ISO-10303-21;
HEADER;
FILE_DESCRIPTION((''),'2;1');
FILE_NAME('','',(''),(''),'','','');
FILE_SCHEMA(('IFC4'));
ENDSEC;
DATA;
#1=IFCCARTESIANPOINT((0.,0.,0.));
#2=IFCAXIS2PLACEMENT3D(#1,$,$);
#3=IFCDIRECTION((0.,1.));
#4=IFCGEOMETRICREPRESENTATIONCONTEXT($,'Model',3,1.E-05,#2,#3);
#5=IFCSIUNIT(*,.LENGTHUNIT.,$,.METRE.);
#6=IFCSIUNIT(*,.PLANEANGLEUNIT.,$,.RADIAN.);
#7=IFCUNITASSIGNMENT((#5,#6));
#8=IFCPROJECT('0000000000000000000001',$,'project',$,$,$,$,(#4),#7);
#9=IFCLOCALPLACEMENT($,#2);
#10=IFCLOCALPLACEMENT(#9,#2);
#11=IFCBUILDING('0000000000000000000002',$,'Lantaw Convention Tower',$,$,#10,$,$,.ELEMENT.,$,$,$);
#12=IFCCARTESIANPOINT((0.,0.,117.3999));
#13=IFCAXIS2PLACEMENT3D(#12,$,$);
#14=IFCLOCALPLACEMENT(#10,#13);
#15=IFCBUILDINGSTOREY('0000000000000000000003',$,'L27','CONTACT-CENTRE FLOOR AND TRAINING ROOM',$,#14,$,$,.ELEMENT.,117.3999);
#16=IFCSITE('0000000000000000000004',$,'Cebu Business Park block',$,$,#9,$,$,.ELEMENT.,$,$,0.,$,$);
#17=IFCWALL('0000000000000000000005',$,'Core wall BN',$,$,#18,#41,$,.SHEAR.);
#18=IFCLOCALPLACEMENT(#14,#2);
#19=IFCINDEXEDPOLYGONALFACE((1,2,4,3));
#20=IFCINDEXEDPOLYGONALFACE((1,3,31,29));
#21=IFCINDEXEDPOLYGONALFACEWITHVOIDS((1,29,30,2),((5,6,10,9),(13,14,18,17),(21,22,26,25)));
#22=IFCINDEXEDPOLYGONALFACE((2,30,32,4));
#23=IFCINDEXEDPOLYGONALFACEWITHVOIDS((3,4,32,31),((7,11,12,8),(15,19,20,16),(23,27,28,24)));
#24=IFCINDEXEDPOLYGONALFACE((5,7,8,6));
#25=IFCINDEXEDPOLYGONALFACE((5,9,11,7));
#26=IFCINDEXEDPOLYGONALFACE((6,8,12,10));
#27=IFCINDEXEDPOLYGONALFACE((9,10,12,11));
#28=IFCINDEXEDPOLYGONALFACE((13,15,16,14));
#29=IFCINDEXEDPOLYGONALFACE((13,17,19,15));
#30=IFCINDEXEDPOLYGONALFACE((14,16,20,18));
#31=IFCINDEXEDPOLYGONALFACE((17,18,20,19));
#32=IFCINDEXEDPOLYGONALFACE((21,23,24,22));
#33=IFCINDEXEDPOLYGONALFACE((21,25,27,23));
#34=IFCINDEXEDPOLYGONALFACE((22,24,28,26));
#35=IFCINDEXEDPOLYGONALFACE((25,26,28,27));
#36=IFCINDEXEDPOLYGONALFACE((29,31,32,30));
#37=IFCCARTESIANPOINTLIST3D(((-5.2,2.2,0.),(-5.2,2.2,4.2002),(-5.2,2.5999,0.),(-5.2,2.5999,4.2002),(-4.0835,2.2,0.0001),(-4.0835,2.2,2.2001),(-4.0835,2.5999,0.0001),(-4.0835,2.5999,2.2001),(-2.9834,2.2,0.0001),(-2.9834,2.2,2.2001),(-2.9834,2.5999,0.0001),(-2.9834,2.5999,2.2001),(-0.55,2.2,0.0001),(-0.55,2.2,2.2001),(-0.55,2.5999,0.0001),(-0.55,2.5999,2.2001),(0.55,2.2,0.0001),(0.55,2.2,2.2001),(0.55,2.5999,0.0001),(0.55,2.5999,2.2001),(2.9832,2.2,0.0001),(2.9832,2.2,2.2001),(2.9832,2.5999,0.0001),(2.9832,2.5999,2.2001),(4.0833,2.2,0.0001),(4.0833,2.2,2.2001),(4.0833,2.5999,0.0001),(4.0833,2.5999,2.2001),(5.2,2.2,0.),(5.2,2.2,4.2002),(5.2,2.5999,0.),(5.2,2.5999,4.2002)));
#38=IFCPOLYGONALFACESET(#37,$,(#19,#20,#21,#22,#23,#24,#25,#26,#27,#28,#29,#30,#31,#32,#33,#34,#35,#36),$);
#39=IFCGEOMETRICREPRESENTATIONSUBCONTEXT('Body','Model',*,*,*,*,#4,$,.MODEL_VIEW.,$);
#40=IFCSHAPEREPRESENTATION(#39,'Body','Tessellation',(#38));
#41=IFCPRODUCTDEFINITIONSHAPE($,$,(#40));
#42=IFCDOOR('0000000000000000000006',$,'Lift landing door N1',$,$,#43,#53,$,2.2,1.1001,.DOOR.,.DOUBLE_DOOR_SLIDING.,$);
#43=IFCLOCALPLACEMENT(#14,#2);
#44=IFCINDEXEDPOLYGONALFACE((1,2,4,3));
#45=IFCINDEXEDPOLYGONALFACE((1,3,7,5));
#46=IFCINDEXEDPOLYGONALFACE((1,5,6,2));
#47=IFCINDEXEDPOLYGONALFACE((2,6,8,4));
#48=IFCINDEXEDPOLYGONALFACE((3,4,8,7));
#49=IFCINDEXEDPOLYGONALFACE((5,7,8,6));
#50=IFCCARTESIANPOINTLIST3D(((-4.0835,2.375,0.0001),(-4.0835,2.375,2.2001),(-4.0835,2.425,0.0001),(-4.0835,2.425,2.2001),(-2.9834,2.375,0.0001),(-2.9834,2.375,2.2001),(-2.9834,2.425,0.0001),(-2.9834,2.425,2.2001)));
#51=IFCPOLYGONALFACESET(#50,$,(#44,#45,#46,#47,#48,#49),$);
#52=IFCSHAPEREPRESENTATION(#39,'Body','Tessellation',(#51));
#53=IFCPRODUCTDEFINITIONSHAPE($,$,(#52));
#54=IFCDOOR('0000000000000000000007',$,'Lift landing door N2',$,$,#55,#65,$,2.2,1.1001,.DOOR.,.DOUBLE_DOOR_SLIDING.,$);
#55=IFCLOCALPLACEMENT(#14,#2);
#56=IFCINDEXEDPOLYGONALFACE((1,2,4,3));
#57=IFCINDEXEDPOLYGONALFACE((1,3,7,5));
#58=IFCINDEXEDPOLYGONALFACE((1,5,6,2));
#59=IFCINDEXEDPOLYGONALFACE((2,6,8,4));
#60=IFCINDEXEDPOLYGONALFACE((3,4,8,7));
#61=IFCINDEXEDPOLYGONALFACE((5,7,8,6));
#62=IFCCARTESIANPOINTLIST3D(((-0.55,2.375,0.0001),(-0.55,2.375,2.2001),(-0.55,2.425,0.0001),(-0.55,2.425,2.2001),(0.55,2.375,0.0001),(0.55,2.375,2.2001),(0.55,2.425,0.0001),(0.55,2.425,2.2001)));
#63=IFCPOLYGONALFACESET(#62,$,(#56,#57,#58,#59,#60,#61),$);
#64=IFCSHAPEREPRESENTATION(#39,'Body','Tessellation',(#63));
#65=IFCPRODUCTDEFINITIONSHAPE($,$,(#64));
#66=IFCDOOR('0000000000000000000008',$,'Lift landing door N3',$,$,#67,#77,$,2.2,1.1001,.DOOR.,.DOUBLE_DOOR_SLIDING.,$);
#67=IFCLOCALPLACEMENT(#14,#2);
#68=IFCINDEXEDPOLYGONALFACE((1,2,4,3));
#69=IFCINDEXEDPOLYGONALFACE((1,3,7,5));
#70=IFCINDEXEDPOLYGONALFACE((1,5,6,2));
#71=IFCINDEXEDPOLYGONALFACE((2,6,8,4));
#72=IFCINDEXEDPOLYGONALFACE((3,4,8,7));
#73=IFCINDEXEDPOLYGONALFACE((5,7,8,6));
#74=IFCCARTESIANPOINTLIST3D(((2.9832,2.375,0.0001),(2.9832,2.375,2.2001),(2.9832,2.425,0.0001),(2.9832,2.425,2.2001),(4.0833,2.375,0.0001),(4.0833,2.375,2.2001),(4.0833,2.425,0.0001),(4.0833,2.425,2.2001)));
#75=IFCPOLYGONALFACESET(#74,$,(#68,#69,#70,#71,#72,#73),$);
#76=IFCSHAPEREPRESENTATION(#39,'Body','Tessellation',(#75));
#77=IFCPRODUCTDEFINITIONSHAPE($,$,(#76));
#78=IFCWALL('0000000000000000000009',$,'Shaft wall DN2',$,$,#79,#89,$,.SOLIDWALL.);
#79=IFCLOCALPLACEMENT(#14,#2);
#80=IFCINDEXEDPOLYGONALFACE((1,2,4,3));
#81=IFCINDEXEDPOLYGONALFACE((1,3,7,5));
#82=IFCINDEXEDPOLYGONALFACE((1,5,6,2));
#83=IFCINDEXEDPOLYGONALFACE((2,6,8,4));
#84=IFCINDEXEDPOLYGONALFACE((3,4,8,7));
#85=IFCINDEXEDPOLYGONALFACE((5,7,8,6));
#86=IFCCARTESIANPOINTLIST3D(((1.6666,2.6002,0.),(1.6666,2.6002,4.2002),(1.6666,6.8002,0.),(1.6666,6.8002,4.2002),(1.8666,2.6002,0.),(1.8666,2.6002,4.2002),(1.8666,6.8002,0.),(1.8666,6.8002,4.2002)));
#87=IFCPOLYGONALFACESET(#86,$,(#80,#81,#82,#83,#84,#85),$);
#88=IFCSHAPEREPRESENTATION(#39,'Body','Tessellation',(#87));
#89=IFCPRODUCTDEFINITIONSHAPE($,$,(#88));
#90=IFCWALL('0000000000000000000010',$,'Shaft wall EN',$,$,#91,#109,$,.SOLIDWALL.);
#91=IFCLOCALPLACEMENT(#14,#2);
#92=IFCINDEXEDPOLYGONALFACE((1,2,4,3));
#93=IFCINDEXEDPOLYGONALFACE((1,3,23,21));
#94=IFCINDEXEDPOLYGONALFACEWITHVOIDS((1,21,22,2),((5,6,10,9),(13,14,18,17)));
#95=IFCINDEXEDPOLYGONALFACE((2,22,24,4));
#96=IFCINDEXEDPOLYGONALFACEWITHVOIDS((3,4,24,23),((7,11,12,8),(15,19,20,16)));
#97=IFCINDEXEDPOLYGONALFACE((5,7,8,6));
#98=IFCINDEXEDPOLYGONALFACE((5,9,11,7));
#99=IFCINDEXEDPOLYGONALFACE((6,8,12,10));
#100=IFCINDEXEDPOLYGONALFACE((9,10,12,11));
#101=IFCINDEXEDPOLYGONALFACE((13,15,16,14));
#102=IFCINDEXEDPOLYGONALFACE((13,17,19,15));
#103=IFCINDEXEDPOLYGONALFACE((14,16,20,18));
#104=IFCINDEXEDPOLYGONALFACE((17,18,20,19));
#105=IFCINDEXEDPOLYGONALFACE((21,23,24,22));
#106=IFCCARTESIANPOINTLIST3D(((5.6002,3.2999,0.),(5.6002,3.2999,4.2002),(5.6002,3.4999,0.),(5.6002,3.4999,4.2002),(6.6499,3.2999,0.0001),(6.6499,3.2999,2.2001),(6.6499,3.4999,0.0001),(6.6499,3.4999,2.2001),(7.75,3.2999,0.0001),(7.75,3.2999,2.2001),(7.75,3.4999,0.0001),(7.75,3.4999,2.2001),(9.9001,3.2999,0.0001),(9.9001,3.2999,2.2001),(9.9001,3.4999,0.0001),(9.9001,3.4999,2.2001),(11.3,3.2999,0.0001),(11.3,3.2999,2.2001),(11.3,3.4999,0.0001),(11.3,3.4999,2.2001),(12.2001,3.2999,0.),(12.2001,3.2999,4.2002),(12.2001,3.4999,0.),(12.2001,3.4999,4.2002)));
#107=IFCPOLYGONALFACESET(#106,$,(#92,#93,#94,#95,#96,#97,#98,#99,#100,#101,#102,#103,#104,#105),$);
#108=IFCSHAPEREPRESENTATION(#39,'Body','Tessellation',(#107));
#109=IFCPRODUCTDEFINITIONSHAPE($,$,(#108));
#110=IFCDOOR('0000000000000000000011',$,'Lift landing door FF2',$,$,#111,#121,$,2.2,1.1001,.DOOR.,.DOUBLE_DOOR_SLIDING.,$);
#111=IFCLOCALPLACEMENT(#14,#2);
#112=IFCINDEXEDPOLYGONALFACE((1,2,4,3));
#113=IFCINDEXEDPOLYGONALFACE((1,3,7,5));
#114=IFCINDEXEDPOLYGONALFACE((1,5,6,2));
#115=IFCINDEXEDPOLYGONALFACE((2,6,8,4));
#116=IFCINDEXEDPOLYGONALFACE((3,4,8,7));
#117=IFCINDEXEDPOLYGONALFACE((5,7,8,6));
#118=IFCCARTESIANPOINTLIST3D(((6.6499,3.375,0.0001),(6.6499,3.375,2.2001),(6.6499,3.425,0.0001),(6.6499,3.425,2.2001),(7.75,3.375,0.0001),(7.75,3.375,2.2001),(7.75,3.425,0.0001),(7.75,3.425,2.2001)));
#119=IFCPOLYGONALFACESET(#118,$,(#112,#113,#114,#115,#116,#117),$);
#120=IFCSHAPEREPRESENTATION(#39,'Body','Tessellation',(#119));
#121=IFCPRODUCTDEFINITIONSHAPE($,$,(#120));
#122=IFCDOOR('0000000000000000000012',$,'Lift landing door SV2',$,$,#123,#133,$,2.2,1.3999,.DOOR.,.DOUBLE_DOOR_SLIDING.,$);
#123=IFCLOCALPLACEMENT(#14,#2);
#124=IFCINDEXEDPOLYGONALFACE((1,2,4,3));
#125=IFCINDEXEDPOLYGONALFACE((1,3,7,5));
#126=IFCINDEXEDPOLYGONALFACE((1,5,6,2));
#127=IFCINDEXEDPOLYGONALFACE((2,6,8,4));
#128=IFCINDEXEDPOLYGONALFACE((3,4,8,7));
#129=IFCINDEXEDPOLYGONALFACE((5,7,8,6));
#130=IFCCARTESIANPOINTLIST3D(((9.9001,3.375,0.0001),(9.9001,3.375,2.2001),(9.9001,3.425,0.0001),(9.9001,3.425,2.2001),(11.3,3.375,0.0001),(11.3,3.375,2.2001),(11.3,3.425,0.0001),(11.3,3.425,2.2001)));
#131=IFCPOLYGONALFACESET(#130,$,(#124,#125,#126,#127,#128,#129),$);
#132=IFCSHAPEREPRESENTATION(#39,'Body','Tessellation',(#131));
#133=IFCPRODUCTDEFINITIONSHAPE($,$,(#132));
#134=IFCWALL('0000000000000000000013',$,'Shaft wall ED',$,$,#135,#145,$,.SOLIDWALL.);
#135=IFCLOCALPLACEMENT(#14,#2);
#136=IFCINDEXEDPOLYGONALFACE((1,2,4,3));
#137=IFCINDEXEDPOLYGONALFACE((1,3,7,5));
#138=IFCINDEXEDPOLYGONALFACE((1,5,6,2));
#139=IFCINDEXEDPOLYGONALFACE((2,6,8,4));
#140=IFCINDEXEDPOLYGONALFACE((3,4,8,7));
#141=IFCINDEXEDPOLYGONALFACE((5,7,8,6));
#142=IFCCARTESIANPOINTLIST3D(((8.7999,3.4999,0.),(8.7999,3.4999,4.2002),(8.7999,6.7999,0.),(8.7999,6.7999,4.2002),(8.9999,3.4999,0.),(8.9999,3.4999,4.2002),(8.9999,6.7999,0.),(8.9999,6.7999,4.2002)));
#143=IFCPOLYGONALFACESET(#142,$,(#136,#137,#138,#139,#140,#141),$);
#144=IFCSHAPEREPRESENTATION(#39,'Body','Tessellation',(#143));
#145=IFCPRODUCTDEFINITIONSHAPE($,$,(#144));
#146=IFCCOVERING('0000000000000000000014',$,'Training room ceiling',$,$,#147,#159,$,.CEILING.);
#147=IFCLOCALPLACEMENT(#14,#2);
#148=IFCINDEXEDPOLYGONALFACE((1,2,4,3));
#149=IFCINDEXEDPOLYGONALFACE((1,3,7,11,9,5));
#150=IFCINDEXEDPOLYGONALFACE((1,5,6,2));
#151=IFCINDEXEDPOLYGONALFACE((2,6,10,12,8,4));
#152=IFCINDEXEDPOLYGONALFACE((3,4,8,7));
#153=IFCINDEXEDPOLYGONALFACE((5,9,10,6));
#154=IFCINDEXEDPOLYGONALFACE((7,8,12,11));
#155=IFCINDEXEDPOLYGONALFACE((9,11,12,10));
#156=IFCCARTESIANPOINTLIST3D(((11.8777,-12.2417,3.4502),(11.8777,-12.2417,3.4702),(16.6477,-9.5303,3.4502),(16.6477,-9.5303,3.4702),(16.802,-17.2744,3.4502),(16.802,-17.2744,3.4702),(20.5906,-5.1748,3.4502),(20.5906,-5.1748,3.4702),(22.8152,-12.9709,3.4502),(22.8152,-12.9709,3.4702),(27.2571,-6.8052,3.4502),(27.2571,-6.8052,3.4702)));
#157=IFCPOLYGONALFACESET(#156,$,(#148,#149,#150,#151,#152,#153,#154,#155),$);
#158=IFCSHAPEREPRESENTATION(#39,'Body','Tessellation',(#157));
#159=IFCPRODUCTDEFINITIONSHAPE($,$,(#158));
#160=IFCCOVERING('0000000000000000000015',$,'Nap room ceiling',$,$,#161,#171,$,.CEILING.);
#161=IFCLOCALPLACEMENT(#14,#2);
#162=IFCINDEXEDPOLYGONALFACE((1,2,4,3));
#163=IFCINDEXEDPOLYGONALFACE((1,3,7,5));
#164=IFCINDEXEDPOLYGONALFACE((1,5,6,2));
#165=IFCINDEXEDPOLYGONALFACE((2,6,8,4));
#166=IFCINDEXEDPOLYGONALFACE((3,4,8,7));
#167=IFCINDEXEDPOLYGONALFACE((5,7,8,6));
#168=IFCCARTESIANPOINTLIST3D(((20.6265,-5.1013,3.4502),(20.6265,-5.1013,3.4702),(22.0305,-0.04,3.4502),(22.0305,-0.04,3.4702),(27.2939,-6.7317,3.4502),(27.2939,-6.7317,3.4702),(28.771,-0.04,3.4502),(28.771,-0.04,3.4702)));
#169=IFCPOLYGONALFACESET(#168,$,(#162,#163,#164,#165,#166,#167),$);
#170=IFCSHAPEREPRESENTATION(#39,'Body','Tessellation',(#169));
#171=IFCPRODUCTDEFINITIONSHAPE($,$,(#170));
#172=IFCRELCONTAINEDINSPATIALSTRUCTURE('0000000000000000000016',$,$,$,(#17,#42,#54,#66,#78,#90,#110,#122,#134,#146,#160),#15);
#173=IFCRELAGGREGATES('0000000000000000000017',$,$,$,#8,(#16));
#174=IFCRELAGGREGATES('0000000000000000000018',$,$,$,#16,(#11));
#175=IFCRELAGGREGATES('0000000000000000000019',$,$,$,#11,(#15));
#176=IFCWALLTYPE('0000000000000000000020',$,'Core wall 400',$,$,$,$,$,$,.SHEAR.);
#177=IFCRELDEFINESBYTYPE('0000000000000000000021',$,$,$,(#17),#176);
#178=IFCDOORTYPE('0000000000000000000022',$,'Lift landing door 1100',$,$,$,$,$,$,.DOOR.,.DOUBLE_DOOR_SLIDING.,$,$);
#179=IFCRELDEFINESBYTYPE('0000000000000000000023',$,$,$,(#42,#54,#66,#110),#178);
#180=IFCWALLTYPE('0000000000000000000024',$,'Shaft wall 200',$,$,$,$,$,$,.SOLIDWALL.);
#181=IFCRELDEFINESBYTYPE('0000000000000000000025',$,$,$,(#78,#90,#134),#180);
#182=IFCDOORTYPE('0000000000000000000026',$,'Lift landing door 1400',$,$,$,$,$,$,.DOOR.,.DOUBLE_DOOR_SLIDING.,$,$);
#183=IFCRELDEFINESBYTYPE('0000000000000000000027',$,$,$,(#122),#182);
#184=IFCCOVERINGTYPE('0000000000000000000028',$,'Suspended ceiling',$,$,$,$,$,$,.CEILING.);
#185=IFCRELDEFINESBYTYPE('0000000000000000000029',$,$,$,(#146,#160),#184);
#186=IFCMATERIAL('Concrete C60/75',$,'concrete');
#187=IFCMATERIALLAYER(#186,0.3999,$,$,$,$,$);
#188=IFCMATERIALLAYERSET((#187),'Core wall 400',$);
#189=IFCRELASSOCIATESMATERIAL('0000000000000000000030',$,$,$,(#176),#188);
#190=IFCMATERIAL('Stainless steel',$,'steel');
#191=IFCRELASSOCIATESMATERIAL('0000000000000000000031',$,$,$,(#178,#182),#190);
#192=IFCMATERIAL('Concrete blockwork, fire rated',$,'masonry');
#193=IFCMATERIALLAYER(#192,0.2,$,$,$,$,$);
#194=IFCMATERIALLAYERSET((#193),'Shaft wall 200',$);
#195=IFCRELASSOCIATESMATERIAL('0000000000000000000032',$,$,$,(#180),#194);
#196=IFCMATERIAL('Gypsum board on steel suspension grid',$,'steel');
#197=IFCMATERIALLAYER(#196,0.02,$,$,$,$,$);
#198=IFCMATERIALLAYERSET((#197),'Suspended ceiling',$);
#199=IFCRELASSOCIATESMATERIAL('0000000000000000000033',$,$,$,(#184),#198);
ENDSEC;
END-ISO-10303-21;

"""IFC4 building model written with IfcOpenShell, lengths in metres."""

from ifc_helpers import new_model, si_unit, direction, frame, frame_2d, origin, place, context, subcontext, project, spatial, polyline, rectangle, outline, extrude, material, layer, layer_set, type_object, element, fill, save


model = new_model("IFC4")

# Units and contexts
model_context = context("Model", 3, precision=1e-05, world=origin(), true_north=direction((0.0, 1.0)))
body_context = subcontext(model_context, "Body", "Model", "MODEL_VIEW")
ifc_project = project(units=[si_unit("LENGTHUNIT", "METRE"), si_unit("PLANEANGLEUNIT", "RADIAN")], contexts=[model_context])

# Site, building, storey
site_placement = place(None, origin())
site = spatial("IfcSite", under=ifc_project, at=site_placement, Name="Cebu Business Park block", CompositionType="ELEMENT", RefElevation=0.0)
building_placement = place(site_placement, origin())
building = spatial("IfcBuilding", under=site, at=building_placement, Name="Lantaw Convention Tower", CompositionType="ELEMENT")
storey_placement = place(building_placement, frame((0.0, 0.0, 117.3999)))
storey = spatial("IfcBuildingStorey", under=building, at=storey_placement, Name="L27", Description="CONTACT-CENTRE FLOOR AND TRAINING ROOM", CompositionType="ELEMENT", Elevation=117.3999)

# Wall, openings, doors
ifc_material_1 = material(Name="Concrete C60/75", Category="concrete")
ifc_layer_1 = layer(ifc_material_1, 0.3999)
ifc_layer_set_1 = layer_set([ifc_layer_1], Name="Core wall 400")
wall_type_1 = type_object("IfcWallType", Name="Core wall 400", PredefinedType="SHEAR", material=ifc_layer_set_1)
wall_1_placement = place(storey_placement, frame((5.2, 2.3999, 0.0), z_axis=(0.0, 0.0, 1.0), x_axis=(-1.0, 0.0, 0.0)))
wall_1 = element("IfcWall", 1, at=wall_1_placement, inside=storey, type_object=wall_type_1, Name="Core wall BN", PredefinedType="SHEAR", context=body_context, shape_type="SweptSolid", body=[
    extrude(rectangle(XDim=10.3999, YDim=0.3999, at=frame_2d((5.2, 0.0))), origin(), (0.0, 0.0, 1.0), 4.2002),
])
opening_1_placement = place(wall_1_placement, frame((8.1833, 0.0, 0.0)))
opening_1 = element("IfcOpeningElement", 2, at=opening_1_placement, cuts=wall_1, PredefinedType="OPENING", context=body_context, shape_type="SweptSolid", body=[
    extrude(rectangle(XDim=1.1001, YDim=2.2, at=frame_2d((0.55, 1.1001))), frame((0.0, 0.21, 0.0), z_axis=(0.0, -1.0, 0.0), x_axis=(1.0, 0.0, 0.0)), (0.0, 0.0, 1.0), 0.4199),
])
opening_2_placement = place(wall_1_placement, frame((4.6499, 0.0, 0.0)))
opening_2 = element("IfcOpeningElement", 3, at=opening_2_placement, cuts=wall_1, PredefinedType="OPENING", context=body_context, shape_type="SweptSolid", body=[
    extrude(rectangle(XDim=1.1001, YDim=2.2, at=frame_2d((0.55, 1.1001))), frame((0.0, 0.21, 0.0), z_axis=(0.0, -1.0, 0.0), x_axis=(1.0, 0.0, 0.0)), (0.0, 0.0, 1.0), 0.4199),
])
opening_3_placement = place(wall_1_placement, frame((1.1167, 0.0, 0.0)))
opening_3 = element("IfcOpeningElement", 4, at=opening_3_placement, cuts=wall_1, PredefinedType="OPENING", context=body_context, shape_type="SweptSolid", body=[
    extrude(rectangle(XDim=1.1001, YDim=2.2, at=frame_2d((0.55, 1.1001))), frame((0.0, 0.21, 0.0), z_axis=(0.0, -1.0, 0.0), x_axis=(1.0, 0.0, 0.0)), (0.0, 0.0, 1.0), 0.4199),
])
ifc_material_2 = material(Name="Stainless steel", Category="steel")
door_type_1 = type_object("IfcDoorType", Name="Lift landing door 1100", OperationType="DOUBLE_DOOR_SLIDING", PredefinedType="DOOR", material=ifc_material_2)
door_1_placement = place(opening_1_placement, origin())
door_1 = element("IfcDoor", 5, at=door_1_placement, inside=storey, type_object=door_type_1, Name="Lift landing door N1", OperationType="DOUBLE_DOOR_SLIDING", OverallHeight=2.2, OverallWidth=1.1001, PredefinedType="DOOR", context=body_context, shape_type="SweptSolid", body=[
    extrude(rectangle(XDim=1.1001, YDim=2.2, at=frame_2d((0.55, 1.1001))), frame((0.0, 0.0249, 0.0), z_axis=(0.0, -1.0, 0.0), x_axis=(1.0, 0.0, 0.0)), (0.0, 0.0, 1.0), 0.05),
])
fill(opening_1, door_1)
door_2_placement = place(opening_2_placement, origin())
door_2 = element("IfcDoor", 6, at=door_2_placement, inside=storey, type_object=door_type_1, Name="Lift landing door N2", OperationType="DOUBLE_DOOR_SLIDING", OverallHeight=2.2, OverallWidth=1.1001, PredefinedType="DOOR", context=body_context, shape_type="SweptSolid", body=[
    extrude(rectangle(XDim=1.1001, YDim=2.2, at=frame_2d((0.55, 1.1001))), frame((0.0, 0.0249, 0.0), z_axis=(0.0, -1.0, 0.0), x_axis=(1.0, 0.0, 0.0)), (0.0, 0.0, 1.0), 0.05),
])
fill(opening_2, door_2)
door_3_placement = place(opening_3_placement, origin())
door_3 = element("IfcDoor", 7, at=door_3_placement, inside=storey, type_object=door_type_1, Name="Lift landing door N3", OperationType="DOUBLE_DOOR_SLIDING", OverallHeight=2.2, OverallWidth=1.1001, PredefinedType="DOOR", context=body_context, shape_type="SweptSolid", body=[
    extrude(rectangle(XDim=1.1001, YDim=2.2, at=frame_2d((0.55, 1.1001))), frame((0.0, 0.0249, 0.0), z_axis=(0.0, -1.0, 0.0), x_axis=(1.0, 0.0, 0.0)), (0.0, 0.0, 1.0), 0.05),
])
fill(opening_3, door_3)

# Wall
ifc_material_3 = material(Name="Concrete blockwork, fire rated", Category="masonry")
ifc_layer_2 = layer(ifc_material_3, 0.2)
ifc_layer_set_2 = layer_set([ifc_layer_2], Name="Shaft wall 200")
wall_type_2 = type_object("IfcWallType", Name="Shaft wall 200", PredefinedType="SOLIDWALL", material=ifc_layer_set_2)
wall_2_placement = place(storey_placement, frame((1.7666, 2.6001, 0.0), z_axis=(0.0, 0.0, 1.0), x_axis=(0.0, 1.0, 0.0)))
element("IfcWall", 8, at=wall_2_placement, inside=storey, type_object=wall_type_2, Name="Shaft wall DN2", PredefinedType="SOLIDWALL", context=body_context, shape_type="SweptSolid", body=[
    extrude(rectangle(XDim=4.2, YDim=0.2, at=frame_2d((2.1001, 0.0))), origin(), (0.0, 0.0, 1.0), 4.2002),
])

# Wall, openings, doors
wall_3_placement = place(storey_placement, frame((12.2, 3.3999, 0.0), z_axis=(0.0, 0.0, 1.0), x_axis=(-1.0, 0.0, 0.0)))
wall_3 = element("IfcWall", 9, at=wall_3_placement, inside=storey, type_object=wall_type_2, Name="Shaft wall EN", PredefinedType="SOLIDWALL", context=body_context, shape_type="SweptSolid", body=[
    extrude(rectangle(XDim=6.5999, YDim=0.2, at=frame_2d((3.2998, 0.0))), origin(), (0.0, 0.0, 1.0), 4.2002),
])
opening_4_placement = place(wall_3_placement, frame((4.45, 0.0, 0.0)))
opening_4 = element("IfcOpeningElement", 10, at=opening_4_placement, cuts=wall_3, PredefinedType="OPENING", context=body_context, shape_type="SweptSolid", body=[
    extrude(rectangle(XDim=1.1001, YDim=2.2, at=frame_2d((0.55, 1.1001))), frame((0.0, 0.1099, 0.0), z_axis=(0.0, -1.0, 0.0), x_axis=(1.0, 0.0, 0.0)), (0.0, 0.0, 1.0), 0.22),
])
opening_5_placement = place(wall_3_placement, frame((0.8999, 0.0, 0.0)))
opening_5 = element("IfcOpeningElement", 11, at=opening_5_placement, cuts=wall_3, PredefinedType="OPENING", context=body_context, shape_type="SweptSolid", body=[
    extrude(rectangle(XDim=1.3999, YDim=2.2, at=frame_2d((0.7, 1.1001))), frame((0.0, 0.1099, 0.0), z_axis=(0.0, -1.0, 0.0), x_axis=(1.0, 0.0, 0.0)), (0.0, 0.0, 1.0), 0.22),
])
door_4_placement = place(opening_4_placement, origin())
door_4 = element("IfcDoor", 12, at=door_4_placement, inside=storey, type_object=door_type_1, Name="Lift landing door FF2", OperationType="DOUBLE_DOOR_SLIDING", OverallHeight=2.2, OverallWidth=1.1001, PredefinedType="DOOR", context=body_context, shape_type="SweptSolid", body=[
    extrude(rectangle(XDim=1.1001, YDim=2.2, at=frame_2d((0.55, 1.1001))), frame((0.0, 0.0249, 0.0), z_axis=(0.0, -1.0, 0.0), x_axis=(1.0, 0.0, 0.0)), (0.0, 0.0, 1.0), 0.05),
])
fill(opening_4, door_4)
door_type_2 = type_object("IfcDoorType", Name="Lift landing door 1400", OperationType="DOUBLE_DOOR_SLIDING", PredefinedType="DOOR", material=ifc_material_2)
door_5_placement = place(opening_5_placement, origin())
door_5 = element("IfcDoor", 13, at=door_5_placement, inside=storey, type_object=door_type_2, Name="Lift landing door SV2", OperationType="DOUBLE_DOOR_SLIDING", OverallHeight=2.2, OverallWidth=1.3999, PredefinedType="DOOR", context=body_context, shape_type="SweptSolid", body=[
    extrude(rectangle(XDim=1.3999, YDim=2.2, at=frame_2d((0.7, 1.1001))), frame((0.0, 0.0249, 0.0), z_axis=(0.0, -1.0, 0.0), x_axis=(1.0, 0.0, 0.0)), (0.0, 0.0, 1.0), 0.05),
])
fill(opening_5, door_5)

# Wall
wall_4_placement = place(storey_placement, frame((8.8999, 3.5, 0.0), z_axis=(0.0, 0.0, 1.0), x_axis=(0.0, 1.0, 0.0)))
element("IfcWall", 14, at=wall_4_placement, inside=storey, type_object=wall_type_2, Name="Shaft wall ED", PredefinedType="SOLIDWALL", context=body_context, shape_type="SweptSolid", body=[
    extrude(rectangle(XDim=3.3, YDim=0.2, at=frame_2d((1.6499, 0.0))), origin(), (0.0, 0.0, 1.0), 4.2002),
])

# Coverings
ifc_material_4 = material(Name="Gypsum board on steel suspension grid", Category="steel")
ifc_layer_3 = layer(ifc_material_4, 0.02)
ifc_layer_set_3 = layer_set([ifc_layer_3], Name="Suspended ceiling")
covering_type = type_object("IfcCoveringType", Name="Suspended ceiling", PredefinedType="CEILING", material=ifc_layer_set_3)
covering_1_placement = place(storey_placement, frame((0.0, 0.0, 3.4502)))
element("IfcCovering", 15, at=covering_1_placement, inside=storey, type_object=covering_type, Name="Training room ceiling", PredefinedType="CEILING", context=body_context, shape_type="SweptSolid", body=[
    extrude(outline(polyline([(11.8777, -12.2417), (16.802, -17.2744), (22.8152, -12.9709), (27.2571, -6.8052), (20.5906, -5.1748), (16.6477, -9.5303), (11.8777, -12.2417)])), origin(), (0.0, 0.0, 1.0), 0.02),
])
covering_2_placement = place(storey_placement, frame((0.0, 0.0, 3.4502)))
element("IfcCovering", 16, at=covering_2_placement, inside=storey, type_object=covering_type, Name="Nap room ceiling", PredefinedType="CEILING", context=body_context, shape_type="SweptSolid", body=[
    extrude(outline(polyline([(20.6265, -5.1013), (27.2939, -6.7317), (28.771, -0.04), (22.0305, -0.04), (20.6265, -5.1013)])), origin(), (0.0, 0.0, 1.0), 0.02),
])

save(model, "model.ifc")
